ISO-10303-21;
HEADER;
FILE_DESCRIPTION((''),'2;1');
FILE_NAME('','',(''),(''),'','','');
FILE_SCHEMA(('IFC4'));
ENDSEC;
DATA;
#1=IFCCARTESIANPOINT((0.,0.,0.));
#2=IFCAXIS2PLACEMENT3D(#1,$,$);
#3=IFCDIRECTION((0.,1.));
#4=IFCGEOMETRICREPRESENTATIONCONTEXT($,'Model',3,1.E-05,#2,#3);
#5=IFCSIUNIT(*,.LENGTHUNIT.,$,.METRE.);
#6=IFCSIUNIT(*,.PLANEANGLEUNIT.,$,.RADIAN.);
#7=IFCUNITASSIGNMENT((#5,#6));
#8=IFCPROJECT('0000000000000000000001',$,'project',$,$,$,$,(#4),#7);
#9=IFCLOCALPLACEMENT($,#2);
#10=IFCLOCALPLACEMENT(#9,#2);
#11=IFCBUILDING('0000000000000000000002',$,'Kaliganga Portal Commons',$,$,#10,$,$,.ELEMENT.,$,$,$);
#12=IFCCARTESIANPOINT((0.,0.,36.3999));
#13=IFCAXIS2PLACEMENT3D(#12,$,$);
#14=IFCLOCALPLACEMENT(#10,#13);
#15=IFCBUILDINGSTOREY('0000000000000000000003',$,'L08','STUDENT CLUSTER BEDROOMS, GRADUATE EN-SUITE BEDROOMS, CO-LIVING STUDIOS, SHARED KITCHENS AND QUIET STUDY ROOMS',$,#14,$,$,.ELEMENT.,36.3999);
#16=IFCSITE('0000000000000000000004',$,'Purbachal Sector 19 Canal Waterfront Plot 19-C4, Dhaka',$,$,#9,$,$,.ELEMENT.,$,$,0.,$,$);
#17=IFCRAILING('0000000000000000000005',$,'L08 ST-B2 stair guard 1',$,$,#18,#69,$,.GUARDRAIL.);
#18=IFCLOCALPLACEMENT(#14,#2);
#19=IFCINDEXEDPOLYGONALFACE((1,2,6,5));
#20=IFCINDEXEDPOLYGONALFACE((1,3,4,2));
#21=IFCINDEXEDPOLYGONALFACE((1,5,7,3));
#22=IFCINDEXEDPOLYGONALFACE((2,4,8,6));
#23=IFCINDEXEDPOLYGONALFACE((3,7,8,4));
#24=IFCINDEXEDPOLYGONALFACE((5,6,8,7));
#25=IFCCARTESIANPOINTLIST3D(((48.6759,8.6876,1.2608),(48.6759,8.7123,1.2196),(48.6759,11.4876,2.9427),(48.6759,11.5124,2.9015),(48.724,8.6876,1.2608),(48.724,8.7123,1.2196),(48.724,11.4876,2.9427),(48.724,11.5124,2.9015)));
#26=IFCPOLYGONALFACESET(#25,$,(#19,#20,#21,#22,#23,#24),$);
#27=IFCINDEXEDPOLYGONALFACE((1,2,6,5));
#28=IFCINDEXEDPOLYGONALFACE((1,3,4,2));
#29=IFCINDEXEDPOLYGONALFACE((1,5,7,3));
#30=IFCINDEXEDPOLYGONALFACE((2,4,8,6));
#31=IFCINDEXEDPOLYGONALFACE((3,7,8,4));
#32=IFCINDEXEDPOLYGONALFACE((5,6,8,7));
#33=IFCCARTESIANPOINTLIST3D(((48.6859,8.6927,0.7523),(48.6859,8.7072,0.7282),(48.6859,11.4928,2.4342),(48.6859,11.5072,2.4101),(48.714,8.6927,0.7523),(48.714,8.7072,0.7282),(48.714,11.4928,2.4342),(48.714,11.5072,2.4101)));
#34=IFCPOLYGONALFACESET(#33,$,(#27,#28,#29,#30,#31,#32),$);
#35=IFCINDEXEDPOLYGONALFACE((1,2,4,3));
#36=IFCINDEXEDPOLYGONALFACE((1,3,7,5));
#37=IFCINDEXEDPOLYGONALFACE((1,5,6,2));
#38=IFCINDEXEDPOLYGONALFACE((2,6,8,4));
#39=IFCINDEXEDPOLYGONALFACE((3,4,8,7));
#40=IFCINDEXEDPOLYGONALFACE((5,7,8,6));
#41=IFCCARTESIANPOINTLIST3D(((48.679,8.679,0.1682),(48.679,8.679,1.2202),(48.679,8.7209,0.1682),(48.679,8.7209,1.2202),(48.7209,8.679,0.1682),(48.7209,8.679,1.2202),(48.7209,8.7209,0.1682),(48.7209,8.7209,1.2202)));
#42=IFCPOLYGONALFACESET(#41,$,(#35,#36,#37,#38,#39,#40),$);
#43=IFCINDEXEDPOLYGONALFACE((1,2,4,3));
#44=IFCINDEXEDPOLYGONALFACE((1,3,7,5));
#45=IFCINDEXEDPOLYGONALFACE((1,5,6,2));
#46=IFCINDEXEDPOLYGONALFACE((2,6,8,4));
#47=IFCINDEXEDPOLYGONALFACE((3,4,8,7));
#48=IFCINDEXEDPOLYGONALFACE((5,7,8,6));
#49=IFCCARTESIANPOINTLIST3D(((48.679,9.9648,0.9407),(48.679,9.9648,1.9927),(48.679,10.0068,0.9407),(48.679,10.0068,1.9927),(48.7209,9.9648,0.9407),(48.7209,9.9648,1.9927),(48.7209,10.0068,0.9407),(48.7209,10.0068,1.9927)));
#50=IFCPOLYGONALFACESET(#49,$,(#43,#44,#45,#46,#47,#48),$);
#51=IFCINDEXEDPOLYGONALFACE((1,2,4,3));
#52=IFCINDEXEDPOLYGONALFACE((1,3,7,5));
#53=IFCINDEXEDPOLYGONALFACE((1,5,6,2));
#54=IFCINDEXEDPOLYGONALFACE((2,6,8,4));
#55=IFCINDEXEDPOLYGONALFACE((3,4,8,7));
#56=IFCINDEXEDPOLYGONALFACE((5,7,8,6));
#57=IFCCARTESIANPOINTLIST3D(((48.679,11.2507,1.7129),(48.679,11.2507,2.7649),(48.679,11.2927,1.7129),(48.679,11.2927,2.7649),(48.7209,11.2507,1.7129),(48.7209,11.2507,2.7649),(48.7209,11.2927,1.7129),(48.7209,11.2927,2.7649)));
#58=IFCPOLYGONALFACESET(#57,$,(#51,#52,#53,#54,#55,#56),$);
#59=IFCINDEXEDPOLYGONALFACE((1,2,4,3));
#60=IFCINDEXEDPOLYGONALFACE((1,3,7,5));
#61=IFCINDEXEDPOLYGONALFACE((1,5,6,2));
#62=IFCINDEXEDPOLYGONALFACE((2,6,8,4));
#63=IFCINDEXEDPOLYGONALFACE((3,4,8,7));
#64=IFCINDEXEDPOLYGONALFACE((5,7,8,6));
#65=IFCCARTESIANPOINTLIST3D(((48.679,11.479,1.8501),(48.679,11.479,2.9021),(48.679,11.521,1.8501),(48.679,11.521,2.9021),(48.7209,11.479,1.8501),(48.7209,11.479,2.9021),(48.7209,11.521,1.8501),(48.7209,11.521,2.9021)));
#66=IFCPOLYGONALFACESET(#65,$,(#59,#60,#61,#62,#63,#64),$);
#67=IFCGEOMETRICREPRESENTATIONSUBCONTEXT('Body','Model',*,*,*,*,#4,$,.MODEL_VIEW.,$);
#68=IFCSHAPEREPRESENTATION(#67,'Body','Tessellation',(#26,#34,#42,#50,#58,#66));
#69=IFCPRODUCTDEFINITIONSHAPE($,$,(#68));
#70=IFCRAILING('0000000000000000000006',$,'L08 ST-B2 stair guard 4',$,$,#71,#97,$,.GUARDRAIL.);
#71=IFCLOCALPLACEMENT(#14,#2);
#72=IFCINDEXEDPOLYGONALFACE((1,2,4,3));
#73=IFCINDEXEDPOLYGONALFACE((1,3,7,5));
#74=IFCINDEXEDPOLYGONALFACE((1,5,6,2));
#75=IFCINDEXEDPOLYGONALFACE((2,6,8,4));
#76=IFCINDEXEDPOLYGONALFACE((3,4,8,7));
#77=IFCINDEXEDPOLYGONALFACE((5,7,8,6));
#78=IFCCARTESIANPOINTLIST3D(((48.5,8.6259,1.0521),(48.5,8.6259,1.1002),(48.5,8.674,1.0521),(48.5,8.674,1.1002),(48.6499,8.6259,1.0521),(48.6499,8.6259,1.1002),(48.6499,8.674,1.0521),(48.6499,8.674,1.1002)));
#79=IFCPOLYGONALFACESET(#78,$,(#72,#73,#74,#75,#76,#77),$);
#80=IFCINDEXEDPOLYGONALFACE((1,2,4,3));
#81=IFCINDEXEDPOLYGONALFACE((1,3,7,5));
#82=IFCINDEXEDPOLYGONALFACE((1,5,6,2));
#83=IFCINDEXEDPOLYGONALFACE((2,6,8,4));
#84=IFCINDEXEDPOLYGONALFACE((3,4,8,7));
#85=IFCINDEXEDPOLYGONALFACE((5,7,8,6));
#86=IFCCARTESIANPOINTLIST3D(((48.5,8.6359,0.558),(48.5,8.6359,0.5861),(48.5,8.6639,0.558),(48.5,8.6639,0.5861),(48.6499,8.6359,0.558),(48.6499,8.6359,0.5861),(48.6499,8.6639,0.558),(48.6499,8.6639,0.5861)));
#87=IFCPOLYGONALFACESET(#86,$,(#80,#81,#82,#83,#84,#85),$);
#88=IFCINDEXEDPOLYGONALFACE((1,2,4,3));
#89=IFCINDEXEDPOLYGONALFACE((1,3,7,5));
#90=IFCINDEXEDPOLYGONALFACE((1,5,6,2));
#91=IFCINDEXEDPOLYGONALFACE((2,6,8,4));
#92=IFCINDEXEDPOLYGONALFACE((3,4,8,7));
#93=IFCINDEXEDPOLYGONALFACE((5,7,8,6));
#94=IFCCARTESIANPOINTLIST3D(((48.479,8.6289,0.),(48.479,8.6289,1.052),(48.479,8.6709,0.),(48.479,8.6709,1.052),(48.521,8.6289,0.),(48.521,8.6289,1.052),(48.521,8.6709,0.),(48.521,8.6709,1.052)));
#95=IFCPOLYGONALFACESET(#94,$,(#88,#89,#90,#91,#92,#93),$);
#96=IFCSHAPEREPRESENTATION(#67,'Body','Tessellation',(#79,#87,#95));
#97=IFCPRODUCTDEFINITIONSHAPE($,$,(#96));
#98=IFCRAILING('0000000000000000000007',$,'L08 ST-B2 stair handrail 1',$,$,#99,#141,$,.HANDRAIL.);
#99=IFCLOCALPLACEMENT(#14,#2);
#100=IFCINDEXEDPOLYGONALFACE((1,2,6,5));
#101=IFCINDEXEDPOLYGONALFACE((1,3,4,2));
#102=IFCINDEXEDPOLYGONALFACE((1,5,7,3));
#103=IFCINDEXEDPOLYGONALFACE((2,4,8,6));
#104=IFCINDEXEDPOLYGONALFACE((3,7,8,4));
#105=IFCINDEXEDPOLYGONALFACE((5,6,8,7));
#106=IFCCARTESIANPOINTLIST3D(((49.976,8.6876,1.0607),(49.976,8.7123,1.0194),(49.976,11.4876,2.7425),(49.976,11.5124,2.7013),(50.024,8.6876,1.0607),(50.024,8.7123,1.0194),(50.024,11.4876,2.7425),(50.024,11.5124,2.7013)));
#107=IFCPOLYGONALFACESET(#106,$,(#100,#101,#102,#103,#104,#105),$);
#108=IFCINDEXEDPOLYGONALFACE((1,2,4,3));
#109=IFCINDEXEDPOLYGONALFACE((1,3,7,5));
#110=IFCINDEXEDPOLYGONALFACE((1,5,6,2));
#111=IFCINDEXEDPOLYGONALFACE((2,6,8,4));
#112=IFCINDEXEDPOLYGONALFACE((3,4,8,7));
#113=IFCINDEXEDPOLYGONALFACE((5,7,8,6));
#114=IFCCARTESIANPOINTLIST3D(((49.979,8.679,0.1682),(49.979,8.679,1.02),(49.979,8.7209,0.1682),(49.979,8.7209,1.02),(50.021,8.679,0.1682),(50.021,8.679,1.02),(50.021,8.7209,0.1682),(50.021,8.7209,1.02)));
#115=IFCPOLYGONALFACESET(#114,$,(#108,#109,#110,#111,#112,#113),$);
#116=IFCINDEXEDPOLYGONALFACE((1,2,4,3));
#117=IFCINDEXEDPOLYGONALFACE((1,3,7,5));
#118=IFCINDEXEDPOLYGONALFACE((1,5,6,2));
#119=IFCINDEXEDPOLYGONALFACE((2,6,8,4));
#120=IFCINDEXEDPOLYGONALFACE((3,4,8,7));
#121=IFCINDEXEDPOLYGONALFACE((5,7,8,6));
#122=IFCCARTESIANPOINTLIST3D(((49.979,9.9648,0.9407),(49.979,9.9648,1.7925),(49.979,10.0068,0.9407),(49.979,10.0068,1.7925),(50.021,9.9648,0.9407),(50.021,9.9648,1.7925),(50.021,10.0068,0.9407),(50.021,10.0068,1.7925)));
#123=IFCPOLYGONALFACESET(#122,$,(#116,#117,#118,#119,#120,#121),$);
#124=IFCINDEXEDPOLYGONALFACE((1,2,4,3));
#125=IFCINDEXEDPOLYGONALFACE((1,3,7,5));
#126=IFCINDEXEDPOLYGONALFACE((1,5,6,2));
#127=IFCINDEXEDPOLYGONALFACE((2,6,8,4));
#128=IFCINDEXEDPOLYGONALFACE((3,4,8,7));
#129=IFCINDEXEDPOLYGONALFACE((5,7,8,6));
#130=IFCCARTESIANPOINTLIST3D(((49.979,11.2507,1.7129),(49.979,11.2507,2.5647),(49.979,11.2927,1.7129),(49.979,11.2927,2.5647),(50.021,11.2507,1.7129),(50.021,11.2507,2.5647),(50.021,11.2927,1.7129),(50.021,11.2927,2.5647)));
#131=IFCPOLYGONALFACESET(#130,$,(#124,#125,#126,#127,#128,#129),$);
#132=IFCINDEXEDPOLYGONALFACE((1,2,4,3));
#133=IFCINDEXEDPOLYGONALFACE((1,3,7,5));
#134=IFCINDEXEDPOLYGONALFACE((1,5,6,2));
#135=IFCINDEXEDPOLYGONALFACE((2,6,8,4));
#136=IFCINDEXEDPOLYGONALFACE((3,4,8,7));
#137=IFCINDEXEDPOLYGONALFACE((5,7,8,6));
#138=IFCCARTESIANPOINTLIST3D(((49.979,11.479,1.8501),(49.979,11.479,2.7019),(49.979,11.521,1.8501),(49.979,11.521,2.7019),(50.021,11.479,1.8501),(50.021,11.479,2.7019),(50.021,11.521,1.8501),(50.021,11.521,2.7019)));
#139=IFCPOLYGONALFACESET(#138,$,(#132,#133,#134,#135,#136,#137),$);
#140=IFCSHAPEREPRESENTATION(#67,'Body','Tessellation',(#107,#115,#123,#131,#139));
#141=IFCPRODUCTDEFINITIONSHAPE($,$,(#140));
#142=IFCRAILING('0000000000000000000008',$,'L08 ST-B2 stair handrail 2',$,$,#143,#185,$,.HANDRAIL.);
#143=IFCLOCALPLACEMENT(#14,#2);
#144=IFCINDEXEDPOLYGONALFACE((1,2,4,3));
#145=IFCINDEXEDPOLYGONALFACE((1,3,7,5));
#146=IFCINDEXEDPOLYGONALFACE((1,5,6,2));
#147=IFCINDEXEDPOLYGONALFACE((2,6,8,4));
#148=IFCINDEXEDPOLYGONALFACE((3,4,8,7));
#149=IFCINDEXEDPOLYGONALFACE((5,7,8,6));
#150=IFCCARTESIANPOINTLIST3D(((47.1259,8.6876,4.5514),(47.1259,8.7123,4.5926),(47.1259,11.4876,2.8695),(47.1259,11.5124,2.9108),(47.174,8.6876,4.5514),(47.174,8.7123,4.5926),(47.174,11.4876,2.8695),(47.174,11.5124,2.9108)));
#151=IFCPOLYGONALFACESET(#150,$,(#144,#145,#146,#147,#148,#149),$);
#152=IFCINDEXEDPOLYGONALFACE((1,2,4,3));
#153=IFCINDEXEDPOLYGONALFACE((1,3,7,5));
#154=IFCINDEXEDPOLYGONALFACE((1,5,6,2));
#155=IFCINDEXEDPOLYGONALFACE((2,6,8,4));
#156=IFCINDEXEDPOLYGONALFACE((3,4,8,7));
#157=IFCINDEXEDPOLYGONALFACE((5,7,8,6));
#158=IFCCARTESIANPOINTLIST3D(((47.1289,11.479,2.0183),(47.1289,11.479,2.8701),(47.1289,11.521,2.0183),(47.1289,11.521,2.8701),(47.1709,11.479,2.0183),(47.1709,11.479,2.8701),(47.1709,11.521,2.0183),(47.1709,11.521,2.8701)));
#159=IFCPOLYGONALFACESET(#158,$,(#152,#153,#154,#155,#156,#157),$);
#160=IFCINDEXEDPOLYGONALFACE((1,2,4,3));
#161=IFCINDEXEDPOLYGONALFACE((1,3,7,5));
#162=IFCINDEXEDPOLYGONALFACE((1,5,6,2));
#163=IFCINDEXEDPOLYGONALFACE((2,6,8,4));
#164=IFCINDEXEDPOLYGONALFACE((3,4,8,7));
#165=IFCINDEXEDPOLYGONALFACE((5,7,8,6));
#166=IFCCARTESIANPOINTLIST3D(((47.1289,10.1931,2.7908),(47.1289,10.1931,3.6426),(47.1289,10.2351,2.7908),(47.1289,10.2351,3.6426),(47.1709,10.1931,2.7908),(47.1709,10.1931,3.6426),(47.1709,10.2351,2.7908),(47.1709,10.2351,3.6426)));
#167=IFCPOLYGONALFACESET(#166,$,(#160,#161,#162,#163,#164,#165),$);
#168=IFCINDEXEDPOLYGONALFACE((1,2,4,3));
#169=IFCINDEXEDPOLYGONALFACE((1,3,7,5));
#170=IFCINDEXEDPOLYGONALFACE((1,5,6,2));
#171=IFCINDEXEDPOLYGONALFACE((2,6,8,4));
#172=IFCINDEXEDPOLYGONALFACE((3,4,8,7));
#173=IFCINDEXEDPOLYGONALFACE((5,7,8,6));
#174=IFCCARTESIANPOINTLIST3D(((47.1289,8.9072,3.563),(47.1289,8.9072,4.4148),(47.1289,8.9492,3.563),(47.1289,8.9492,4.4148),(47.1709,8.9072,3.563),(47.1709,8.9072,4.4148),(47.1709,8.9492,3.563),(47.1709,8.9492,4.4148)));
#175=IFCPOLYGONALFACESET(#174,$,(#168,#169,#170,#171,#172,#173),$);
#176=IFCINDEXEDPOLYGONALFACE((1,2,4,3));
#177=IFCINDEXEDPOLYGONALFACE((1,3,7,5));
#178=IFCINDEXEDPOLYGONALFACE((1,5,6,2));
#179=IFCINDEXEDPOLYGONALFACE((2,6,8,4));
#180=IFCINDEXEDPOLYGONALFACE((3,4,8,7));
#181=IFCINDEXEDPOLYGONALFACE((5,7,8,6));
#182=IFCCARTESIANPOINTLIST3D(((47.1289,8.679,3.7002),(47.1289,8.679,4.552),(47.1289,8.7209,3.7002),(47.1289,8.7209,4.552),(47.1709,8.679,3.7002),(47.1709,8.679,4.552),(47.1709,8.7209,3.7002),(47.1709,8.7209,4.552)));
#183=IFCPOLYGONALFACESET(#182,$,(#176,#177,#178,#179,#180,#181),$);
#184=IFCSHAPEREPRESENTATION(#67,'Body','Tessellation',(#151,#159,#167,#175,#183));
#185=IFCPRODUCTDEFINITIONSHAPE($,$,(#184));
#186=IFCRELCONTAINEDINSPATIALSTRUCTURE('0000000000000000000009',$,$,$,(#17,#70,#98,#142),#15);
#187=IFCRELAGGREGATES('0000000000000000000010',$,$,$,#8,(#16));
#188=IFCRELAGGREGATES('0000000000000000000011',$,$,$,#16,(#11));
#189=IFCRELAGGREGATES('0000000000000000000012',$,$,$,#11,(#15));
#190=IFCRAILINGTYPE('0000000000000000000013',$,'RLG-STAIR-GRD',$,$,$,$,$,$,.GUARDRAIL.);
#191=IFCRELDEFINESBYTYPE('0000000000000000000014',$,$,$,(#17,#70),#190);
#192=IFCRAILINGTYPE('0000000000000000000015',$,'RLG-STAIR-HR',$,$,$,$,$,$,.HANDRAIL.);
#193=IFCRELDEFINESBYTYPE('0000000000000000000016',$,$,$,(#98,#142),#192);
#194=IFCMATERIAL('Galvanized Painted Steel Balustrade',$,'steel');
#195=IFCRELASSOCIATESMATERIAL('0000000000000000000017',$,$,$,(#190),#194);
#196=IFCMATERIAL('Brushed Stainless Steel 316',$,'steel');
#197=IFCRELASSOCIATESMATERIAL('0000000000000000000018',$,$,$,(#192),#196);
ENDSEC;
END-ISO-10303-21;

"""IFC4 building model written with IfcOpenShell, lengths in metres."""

from ifc_helpers import new_model, si_unit, direction, frame, origin, origin_2d, place, context, subcontext, project, spatial, rectangle, extrude, material, type_object, element, save


model = new_model("IFC4")

# Units and contexts
model_context = context("Model", 3, precision=1e-05, world=origin(), true_north=direction((0.0, 1.0)))
body_context = subcontext(model_context, "Body", "Model", "MODEL_VIEW")
ifc_project = project(units=[si_unit("LENGTHUNIT", "METRE"), si_unit("PLANEANGLEUNIT", "RADIAN")], contexts=[model_context])

# Site, building, storey
site_placement = place(None, origin())
site = spatial("IfcSite", under=ifc_project, at=site_placement, Name="Purbachal Sector 19 Canal Waterfront Plot 19-C4, Dhaka", CompositionType="ELEMENT", RefElevation=0.0)
building_placement = place(site_placement, origin())
building = spatial("IfcBuilding", under=site, at=building_placement, Name="Kaliganga Portal Commons", CompositionType="ELEMENT")
storey_placement = place(building_placement, frame((0.0, 0.0, 36.3999)))
storey = spatial("IfcBuildingStorey", under=building, at=storey_placement, Name="L08", Description="STUDENT CLUSTER BEDROOMS, GRADUATE EN-SUITE BEDROOMS, CO-LIVING STUDIOS, SHARED KITCHENS AND QUIET STUDY ROOMS", CompositionType="ELEMENT", Elevation=36.3999)

# Railings
ifc_material_1 = material(Name="Galvanized Painted Steel Balustrade", Category="steel")
railing_type_1 = type_object("IfcRailingType", Name="RLG-STAIR-GRD", PredefinedType="GUARDRAIL", material=ifc_material_1)
railing_1_placement = place(storey_placement, frame((48.7, 8.7, 0.1682)))
element("IfcRailing", 1, at=railing_1_placement, inside=storey, type_object=railing_type_1, Name="L08 ST-B2 stair guard 1", PredefinedType="GUARDRAIL", context=body_context, shape_type="SweptSolid", body=[
    extrude(rectangle(XDim=0.0481, YDim=0.0481, at=origin_2d()), frame((0.0, 0.0, 1.072), z_axis=(0.0, 0.857242, 0.514913), x_axis=(-1.0, 0.0, 0.0)), (0.0, 0.0, 1.0), 3.2664),
    extrude(rectangle(XDim=0.0281, YDim=0.0281, at=origin_2d()), frame((0.0, 0.0, 0.572), z_axis=(0.0, 0.857242, 0.514913), x_axis=(-1.0, 0.0, 0.0)), (0.0, 0.0, 1.0), 3.2664),
    extrude(rectangle(XDim=0.042, YDim=0.042, at=origin_2d()), origin(), (0.0, 0.0, 1.0), 1.052),
    extrude(rectangle(XDim=0.042, YDim=0.042, at=origin_2d()), frame((0.0, 1.2859, 0.7725)), (0.0, 0.0, 1.0), 1.052),
    extrude(rectangle(XDim=0.042, YDim=0.042, at=origin_2d()), frame((0.0, 2.5718, 1.5447)), (0.0, 0.0, 1.0), 1.052),
    extrude(rectangle(XDim=0.042, YDim=0.042, at=origin_2d()), frame((0.0, 2.8, 1.6819)), (0.0, 0.0, 1.0), 1.052),
])
railing_2_placement = place(storey_placement, frame((48.6499, 8.6499, 0.0)))
element("IfcRailing", 2, at=railing_2_placement, inside=storey, type_object=railing_type_1, Name="L08 ST-B2 stair guard 4", PredefinedType="GUARDRAIL", context=body_context, shape_type="SweptSolid", body=[
    extrude(rectangle(XDim=0.0481, YDim=0.0481, at=origin_2d()), frame((0.0, 0.0, 1.0762), z_axis=(-1.0, 0.0, 0.0), x_axis=(0.0, -1.0, 0.0)), (0.0, 0.0, 1.0), 0.1499),
    extrude(rectangle(XDim=0.0281, YDim=0.0281, at=origin_2d()), frame((0.0, 0.0, 0.572), z_axis=(-1.0, 0.0, 0.0), x_axis=(0.0, -1.0, 0.0)), (0.0, 0.0, 1.0), 0.1499),
    extrude(rectangle(XDim=0.042, YDim=0.042, at=origin_2d()), frame((-0.1499, 0.0, 0.0)), (0.0, 0.0, 1.0), 1.052),
])
ifc_material_2 = material(Name="Brushed Stainless Steel 316", Category="steel")
railing_type_2 = type_object("IfcRailingType", Name="RLG-STAIR-HR", PredefinedType="HANDRAIL", material=ifc_material_2)
railing_3_placement = place(storey_placement, frame((50.0, 8.7, 0.1682)))
element("IfcRailing", 3, at=railing_3_placement, inside=storey, type_object=railing_type_2, Name="L08 ST-B2 stair handrail 1", PredefinedType="HANDRAIL", context=body_context, shape_type="SweptSolid", body=[
    extrude(rectangle(XDim=0.0481, YDim=0.0481, at=origin_2d()), frame((0.0, 0.0, 0.8718), z_axis=(0.0, 0.857242, 0.514913), x_axis=(-1.0, 0.0, 0.0)), (0.0, 0.0, 1.0), 3.2664),
    extrude(rectangle(XDim=0.042, YDim=0.042, at=origin_2d()), origin(), (0.0, 0.0, 1.0), 0.8518),
    extrude(rectangle(XDim=0.042, YDim=0.042, at=origin_2d()), frame((0.0, 1.2859, 0.7725)), (0.0, 0.0, 1.0), 0.8518),
    extrude(rectangle(XDim=0.042, YDim=0.042, at=origin_2d()), frame((0.0, 2.5718, 1.5447)), (0.0, 0.0, 1.0), 0.8518),
    extrude(rectangle(XDim=0.042, YDim=0.042, at=origin_2d()), frame((0.0, 2.8, 1.6819)), (0.0, 0.0, 1.0), 0.8518),
])
railing_4_placement = place(storey_placement, frame((47.1499, 11.5, 2.0183)))
element("IfcRailing", 4, at=railing_4_placement, inside=storey, type_object=railing_type_2, Name="L08 ST-B2 stair handrail 2", PredefinedType="HANDRAIL", context=body_context, shape_type="SweptSolid", body=[
    extrude(rectangle(XDim=0.0481, YDim=0.0481, at=origin_2d()), frame((0.0, 0.0, 0.8718), z_axis=(0.0, -0.857242, 0.514913), x_axis=(1.0, 0.0, 0.0)), (0.0, 0.0, 1.0), 3.2664),
    extrude(rectangle(XDim=0.042, YDim=0.042, at=origin_2d()), origin(), (0.0, 0.0, 1.0), 0.8518),
    extrude(rectangle(XDim=0.042, YDim=0.042, at=origin_2d()), frame((0.0, -1.2859, 0.7725)), (0.0, 0.0, 1.0), 0.8518),
    extrude(rectangle(XDim=0.042, YDim=0.042, at=origin_2d()), frame((0.0, -2.5718, 1.5447)), (0.0, 0.0, 1.0), 0.8518),
    extrude(rectangle(XDim=0.042, YDim=0.042, at=origin_2d()), frame((0.0, -2.8, 1.6819)), (0.0, 0.0, 1.0), 0.8518),
])

save(model, "model.ifc")
